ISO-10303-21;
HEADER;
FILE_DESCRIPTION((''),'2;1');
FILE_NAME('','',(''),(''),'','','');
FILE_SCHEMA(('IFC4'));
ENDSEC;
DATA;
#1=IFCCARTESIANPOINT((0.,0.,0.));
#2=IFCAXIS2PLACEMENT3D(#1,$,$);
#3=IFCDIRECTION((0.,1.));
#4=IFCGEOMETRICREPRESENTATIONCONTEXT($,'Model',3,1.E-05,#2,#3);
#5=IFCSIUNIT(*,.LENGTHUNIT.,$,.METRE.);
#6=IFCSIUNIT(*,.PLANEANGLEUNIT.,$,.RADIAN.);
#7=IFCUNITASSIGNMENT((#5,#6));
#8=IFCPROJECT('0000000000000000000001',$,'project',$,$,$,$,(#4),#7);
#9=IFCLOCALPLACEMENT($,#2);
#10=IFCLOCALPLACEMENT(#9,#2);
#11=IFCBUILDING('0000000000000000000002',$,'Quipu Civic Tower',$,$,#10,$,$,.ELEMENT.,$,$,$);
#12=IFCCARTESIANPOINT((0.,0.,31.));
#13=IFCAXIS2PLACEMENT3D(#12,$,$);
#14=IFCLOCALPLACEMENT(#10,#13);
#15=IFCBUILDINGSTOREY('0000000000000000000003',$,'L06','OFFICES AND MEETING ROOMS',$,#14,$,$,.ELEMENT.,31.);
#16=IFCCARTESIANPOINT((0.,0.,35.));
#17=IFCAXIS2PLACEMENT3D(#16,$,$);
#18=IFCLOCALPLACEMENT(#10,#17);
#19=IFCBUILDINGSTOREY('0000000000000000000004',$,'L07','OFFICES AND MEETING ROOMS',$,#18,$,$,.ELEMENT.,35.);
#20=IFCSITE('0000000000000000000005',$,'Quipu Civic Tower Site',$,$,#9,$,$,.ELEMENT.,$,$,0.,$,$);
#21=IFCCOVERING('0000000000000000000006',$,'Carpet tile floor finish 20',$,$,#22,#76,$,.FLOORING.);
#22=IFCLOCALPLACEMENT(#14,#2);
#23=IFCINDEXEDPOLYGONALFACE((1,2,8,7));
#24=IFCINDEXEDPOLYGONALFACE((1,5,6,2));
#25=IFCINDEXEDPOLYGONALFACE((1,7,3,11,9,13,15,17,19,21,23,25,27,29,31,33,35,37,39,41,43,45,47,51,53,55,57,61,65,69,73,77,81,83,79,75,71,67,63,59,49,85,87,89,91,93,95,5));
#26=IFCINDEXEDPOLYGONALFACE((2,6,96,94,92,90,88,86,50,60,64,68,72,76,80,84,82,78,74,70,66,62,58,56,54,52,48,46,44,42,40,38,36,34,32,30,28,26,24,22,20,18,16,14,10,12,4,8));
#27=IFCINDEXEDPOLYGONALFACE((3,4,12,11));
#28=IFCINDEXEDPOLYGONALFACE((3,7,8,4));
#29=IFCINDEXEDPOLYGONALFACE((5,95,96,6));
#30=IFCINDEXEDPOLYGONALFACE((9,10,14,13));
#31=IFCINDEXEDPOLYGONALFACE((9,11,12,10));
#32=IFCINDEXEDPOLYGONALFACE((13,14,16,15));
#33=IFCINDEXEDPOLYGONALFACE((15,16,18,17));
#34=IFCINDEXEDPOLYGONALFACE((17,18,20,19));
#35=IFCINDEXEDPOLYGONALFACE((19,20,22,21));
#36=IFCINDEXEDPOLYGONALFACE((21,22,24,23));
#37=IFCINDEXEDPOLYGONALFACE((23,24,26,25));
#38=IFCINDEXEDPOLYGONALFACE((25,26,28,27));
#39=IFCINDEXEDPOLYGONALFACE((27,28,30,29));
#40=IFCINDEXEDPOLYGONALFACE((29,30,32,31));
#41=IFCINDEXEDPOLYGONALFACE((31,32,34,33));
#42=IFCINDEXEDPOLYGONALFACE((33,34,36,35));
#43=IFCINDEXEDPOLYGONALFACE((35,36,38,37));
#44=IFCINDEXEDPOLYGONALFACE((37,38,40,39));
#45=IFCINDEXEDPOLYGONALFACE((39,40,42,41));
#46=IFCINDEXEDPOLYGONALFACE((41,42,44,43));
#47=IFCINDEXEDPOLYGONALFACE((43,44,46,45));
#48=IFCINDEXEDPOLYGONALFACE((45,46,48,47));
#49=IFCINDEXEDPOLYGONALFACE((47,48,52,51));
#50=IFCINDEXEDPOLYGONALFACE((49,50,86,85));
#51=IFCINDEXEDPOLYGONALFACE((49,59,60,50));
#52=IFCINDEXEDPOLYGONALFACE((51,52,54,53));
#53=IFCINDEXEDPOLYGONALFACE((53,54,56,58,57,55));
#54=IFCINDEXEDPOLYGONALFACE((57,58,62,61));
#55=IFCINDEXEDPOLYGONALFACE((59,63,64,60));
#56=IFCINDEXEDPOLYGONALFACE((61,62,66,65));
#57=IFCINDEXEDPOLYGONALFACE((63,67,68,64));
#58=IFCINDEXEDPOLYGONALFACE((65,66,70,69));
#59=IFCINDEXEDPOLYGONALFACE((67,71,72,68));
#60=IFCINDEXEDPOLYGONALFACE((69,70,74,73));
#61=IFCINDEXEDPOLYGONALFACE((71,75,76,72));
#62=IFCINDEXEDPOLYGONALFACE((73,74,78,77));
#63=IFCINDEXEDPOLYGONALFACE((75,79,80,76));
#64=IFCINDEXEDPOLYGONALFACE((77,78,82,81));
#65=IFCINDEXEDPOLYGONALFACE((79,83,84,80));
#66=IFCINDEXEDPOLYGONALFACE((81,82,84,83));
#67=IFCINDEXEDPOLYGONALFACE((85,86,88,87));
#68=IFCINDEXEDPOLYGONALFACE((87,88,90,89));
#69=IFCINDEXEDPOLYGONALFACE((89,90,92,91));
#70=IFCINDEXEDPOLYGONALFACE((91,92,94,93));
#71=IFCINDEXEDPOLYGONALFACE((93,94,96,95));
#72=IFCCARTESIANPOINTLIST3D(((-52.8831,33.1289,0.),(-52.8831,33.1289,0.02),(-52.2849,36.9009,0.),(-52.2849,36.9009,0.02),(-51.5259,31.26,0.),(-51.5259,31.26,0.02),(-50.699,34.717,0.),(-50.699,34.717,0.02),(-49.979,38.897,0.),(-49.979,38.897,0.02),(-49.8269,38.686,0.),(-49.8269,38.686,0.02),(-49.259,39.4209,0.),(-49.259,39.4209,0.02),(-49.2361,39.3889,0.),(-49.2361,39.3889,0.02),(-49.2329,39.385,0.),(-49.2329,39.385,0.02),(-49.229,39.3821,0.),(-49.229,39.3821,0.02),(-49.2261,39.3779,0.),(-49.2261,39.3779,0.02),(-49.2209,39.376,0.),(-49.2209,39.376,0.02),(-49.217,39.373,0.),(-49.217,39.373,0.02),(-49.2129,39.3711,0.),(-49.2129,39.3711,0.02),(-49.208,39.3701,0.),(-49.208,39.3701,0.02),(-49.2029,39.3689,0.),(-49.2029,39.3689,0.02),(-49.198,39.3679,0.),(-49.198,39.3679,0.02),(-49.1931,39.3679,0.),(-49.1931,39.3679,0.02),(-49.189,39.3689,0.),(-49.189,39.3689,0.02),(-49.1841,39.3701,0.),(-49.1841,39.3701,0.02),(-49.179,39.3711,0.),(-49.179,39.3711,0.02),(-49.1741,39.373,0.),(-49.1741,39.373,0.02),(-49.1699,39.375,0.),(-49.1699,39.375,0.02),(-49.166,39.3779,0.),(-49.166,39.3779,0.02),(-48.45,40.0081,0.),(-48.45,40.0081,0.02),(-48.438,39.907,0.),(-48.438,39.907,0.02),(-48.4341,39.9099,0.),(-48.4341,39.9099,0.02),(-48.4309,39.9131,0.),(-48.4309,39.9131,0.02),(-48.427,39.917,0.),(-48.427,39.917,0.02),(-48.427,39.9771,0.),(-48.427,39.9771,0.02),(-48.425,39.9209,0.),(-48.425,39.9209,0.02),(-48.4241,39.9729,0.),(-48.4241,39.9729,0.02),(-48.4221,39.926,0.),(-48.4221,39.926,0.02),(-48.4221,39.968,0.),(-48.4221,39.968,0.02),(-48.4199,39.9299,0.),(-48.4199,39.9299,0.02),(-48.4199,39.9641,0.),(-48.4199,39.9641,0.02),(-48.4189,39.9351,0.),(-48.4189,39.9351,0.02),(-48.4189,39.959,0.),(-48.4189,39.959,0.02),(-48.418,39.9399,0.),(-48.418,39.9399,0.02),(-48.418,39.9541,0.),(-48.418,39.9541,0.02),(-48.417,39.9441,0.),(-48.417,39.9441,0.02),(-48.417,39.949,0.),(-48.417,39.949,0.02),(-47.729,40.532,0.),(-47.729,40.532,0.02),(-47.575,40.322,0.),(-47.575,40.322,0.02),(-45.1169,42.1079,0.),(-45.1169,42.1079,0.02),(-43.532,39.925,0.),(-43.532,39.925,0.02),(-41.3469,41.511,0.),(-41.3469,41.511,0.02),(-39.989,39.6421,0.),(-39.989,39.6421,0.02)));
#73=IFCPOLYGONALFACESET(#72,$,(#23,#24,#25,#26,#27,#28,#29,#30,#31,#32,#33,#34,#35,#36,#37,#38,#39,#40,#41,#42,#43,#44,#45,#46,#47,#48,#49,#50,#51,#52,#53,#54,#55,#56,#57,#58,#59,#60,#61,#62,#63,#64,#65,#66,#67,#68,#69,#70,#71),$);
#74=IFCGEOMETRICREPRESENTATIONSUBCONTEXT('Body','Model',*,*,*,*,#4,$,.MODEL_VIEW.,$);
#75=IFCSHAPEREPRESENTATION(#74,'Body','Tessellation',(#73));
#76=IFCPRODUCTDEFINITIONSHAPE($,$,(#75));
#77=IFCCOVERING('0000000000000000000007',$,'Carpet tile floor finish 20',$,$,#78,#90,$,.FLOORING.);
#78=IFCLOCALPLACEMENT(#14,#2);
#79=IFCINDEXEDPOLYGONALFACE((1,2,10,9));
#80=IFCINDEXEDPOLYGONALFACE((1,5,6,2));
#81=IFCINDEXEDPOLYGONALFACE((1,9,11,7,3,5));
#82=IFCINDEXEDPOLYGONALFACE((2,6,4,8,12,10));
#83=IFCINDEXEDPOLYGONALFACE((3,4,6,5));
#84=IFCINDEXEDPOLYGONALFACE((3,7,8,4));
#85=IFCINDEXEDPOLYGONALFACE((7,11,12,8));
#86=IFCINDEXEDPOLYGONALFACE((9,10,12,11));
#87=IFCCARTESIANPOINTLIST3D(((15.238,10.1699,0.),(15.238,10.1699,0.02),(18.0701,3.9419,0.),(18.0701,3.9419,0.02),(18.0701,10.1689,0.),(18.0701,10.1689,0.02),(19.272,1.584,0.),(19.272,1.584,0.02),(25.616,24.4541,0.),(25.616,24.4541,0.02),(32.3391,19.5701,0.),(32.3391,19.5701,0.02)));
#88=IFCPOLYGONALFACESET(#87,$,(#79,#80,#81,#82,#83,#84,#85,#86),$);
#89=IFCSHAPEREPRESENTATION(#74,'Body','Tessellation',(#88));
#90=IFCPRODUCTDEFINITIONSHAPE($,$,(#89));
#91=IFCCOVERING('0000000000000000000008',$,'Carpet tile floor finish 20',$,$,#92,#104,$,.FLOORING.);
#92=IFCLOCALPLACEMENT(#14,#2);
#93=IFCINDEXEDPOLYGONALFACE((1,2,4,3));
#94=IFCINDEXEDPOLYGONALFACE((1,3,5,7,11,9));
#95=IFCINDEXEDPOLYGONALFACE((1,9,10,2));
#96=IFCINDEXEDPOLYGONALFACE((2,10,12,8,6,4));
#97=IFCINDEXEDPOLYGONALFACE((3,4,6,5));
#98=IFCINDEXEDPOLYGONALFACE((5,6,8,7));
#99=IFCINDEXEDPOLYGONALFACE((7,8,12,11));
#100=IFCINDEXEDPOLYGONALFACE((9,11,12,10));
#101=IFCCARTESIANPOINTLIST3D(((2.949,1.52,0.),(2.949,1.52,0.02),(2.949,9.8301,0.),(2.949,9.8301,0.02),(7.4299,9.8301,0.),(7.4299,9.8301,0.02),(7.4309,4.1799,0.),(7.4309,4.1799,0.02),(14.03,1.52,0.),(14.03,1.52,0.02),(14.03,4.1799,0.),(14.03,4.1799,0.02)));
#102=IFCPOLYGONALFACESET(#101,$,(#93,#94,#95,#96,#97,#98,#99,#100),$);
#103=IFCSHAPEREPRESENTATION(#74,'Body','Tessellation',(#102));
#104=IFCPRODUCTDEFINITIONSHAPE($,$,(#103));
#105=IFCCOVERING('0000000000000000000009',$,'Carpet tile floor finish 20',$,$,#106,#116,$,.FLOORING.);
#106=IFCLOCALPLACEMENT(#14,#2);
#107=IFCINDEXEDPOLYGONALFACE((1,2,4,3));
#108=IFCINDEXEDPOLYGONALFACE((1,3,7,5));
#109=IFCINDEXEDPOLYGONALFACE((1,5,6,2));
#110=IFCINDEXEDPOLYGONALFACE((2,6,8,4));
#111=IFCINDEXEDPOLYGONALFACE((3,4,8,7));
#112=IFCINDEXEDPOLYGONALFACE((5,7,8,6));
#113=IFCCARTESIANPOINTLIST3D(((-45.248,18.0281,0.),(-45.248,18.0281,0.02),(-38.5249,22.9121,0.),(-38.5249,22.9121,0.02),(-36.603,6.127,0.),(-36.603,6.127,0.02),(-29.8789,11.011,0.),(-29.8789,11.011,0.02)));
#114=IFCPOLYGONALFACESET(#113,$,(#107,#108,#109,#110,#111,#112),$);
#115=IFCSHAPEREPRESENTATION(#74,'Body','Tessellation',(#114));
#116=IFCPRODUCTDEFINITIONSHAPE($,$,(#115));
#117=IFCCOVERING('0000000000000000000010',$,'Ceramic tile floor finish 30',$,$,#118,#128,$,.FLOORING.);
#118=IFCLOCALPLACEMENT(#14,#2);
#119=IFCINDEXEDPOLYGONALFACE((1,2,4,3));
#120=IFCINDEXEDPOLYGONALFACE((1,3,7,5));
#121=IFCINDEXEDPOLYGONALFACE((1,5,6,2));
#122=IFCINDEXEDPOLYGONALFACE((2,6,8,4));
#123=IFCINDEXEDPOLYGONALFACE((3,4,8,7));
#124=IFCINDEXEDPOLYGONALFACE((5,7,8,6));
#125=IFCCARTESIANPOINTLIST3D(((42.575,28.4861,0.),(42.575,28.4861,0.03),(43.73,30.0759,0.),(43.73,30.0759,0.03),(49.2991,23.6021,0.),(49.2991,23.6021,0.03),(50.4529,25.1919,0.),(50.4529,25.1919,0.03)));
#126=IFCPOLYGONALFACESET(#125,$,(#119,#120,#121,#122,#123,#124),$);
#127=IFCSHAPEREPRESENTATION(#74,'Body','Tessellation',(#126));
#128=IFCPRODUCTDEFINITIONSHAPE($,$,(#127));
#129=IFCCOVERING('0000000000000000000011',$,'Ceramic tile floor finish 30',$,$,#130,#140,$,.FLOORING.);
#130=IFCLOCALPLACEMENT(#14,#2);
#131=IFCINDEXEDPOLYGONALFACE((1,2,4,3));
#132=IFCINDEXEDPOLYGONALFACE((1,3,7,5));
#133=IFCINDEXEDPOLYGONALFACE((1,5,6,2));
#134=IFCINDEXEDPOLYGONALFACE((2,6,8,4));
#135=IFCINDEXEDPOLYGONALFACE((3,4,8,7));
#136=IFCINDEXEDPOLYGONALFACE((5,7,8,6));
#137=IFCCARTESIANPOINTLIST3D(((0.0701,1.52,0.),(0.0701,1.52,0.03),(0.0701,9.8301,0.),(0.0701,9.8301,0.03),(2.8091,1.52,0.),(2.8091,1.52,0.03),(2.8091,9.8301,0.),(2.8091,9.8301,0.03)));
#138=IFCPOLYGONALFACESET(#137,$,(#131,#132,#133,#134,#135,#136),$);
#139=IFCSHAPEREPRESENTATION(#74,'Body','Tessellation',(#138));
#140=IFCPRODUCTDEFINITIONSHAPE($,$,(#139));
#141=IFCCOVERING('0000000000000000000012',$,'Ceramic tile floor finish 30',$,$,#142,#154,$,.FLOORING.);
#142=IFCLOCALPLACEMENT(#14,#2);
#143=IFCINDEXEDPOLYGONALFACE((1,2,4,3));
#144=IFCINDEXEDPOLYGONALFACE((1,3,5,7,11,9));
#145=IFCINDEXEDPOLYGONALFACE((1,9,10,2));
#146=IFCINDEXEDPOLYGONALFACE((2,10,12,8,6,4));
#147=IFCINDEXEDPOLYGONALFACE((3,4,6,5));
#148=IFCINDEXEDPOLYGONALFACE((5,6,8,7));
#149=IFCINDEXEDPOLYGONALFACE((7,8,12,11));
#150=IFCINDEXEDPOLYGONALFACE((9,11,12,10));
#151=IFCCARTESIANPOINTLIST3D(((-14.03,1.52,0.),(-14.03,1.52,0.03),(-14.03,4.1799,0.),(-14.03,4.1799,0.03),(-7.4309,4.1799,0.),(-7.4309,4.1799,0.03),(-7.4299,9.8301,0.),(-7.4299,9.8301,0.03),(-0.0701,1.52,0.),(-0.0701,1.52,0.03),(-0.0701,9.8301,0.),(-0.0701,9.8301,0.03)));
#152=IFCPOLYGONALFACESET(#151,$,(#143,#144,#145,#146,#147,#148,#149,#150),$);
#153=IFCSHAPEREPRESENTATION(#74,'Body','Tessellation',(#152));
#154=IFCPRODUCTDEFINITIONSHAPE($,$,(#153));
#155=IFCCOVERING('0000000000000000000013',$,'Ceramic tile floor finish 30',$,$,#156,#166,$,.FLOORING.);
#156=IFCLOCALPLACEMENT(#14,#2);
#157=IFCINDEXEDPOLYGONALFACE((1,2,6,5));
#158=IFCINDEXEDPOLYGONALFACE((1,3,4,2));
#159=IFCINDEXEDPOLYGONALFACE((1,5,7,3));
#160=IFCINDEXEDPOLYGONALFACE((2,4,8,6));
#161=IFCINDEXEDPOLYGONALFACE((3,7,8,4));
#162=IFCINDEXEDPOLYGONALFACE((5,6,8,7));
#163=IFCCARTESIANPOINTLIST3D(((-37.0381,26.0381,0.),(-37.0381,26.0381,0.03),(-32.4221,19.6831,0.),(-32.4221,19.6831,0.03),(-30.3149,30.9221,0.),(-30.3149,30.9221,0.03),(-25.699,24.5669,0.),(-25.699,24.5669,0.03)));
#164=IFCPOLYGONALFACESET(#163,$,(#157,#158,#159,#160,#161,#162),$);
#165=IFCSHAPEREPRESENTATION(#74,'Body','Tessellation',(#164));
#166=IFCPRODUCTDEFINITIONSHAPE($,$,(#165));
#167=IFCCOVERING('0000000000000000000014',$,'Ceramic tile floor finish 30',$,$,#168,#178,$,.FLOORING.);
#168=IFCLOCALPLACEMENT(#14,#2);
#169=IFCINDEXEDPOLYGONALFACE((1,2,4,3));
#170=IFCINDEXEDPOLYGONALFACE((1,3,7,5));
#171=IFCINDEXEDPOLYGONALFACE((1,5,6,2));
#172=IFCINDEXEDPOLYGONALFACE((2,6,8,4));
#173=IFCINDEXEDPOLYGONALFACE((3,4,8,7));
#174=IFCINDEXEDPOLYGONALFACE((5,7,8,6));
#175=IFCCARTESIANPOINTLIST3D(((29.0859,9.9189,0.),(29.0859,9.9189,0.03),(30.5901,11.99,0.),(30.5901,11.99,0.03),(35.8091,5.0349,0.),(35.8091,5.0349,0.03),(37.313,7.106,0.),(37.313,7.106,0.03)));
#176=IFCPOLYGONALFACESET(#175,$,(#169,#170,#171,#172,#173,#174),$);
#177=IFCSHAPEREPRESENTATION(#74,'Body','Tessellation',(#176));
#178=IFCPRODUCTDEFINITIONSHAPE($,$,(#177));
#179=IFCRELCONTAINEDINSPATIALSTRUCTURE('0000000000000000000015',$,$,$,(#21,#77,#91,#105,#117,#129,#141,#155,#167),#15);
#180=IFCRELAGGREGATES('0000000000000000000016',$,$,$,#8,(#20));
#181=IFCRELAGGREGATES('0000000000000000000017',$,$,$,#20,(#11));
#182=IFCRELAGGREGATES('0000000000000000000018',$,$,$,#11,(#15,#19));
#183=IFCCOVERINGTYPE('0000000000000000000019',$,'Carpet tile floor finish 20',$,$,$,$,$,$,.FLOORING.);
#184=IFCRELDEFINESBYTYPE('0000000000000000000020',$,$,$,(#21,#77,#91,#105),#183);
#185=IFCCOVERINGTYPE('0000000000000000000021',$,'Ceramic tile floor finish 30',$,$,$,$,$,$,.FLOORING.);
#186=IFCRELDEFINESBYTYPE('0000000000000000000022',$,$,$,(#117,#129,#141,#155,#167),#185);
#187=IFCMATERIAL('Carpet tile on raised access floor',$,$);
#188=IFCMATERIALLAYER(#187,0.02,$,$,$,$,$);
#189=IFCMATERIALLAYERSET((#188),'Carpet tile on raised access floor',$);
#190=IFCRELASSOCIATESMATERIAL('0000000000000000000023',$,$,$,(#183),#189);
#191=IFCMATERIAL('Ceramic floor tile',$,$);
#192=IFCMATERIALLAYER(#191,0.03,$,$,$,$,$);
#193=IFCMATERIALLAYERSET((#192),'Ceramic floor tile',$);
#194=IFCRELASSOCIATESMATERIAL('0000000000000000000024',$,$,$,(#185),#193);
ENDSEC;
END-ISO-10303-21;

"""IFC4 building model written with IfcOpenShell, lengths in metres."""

from ifc_helpers import new_model, si_unit, direction, frame, origin, place, context, subcontext, project, spatial, polyline, outline, extrude, material, layer, layer_set, type_object, element, save


model = new_model("IFC4")

# Units and contexts
model_context = context("Model", 3, precision=1e-05, world=origin(), true_north=direction((0.0, 1.0)))
body_context = subcontext(model_context, "Body", "Model", "MODEL_VIEW")
ifc_project = project(units=[si_unit("LENGTHUNIT", "METRE"), si_unit("PLANEANGLEUNIT", "RADIAN")], contexts=[model_context])

# Site, building, storey
site_placement = place(None, origin())
site = spatial("IfcSite", under=ifc_project, at=site_placement, Name="Quipu Civic Tower Site", CompositionType="ELEMENT", RefElevation=0.0)
building_placement = place(site_placement, origin())
building = spatial("IfcBuilding", under=site, at=building_placement, Name="Quipu Civic Tower", CompositionType="ELEMENT")
storey_1_placement = place(building_placement, frame((0.0, 0.0, 31.0)))
storey_1 = spatial("IfcBuildingStorey", under=building, at=storey_1_placement, Name="L06", Description="OFFICES AND MEETING ROOMS", CompositionType="ELEMENT", Elevation=31.0)

# Shared definitions
storey_2_placement = place(building_placement, frame((0.0, 0.0, 35.0)))
storey_2 = spatial("IfcBuildingStorey", under=building, at=storey_2_placement, Name="L07", Description="OFFICES AND MEETING ROOMS", CompositionType="ELEMENT", Elevation=35.0)

# Coverings
ifc_material_1 = material(Name="Carpet tile on raised access floor")
ifc_layer_1 = layer(ifc_material_1, 0.02)
ifc_layer_set_1 = layer_set([ifc_layer_1], Name="Carpet tile on raised access floor")
covering_type_1 = type_object("IfcCoveringType", Name="Carpet tile floor finish 20", PredefinedType="FLOORING", material=ifc_layer_set_1)
covering_1_placement = place(storey_1_placement, origin())
element("IfcCovering", 1, at=covering_1_placement, inside=storey_1, type_object=covering_type_1, Name="Carpet tile floor finish 20", PredefinedType="FLOORING", context=body_context, shape_type="SweptSolid", body=[
    extrude(outline(polyline([(-52.8831, 33.1289), (-50.699, 34.717), (-52.2849, 36.9009), (-49.8269, 38.686), (-49.979, 38.897), (-49.259, 39.4209), (-49.2361, 39.3889), (-49.2329, 39.385), (-49.229, 39.3821), (-49.2261, 39.3779), (-49.2209, 39.376), (-49.217, 39.373), (-49.2129, 39.3711), (-49.208, 39.3701), (-49.2029, 39.3689), (-49.198, 39.3679), (-49.1931, 39.3679), (-49.189, 39.3689), (-49.1841, 39.3701), (-49.179, 39.3711), (-49.1741, 39.373), (-49.1699, 39.375), (-49.166, 39.3779), (-48.438, 39.907), (-48.4341, 39.9099), (-48.4309, 39.9131), (-48.427, 39.917), (-48.425, 39.9209), (-48.4221, 39.926), (-48.4199, 39.9299), (-48.4189, 39.9351), (-48.418, 39.9399), (-48.417, 39.9441), (-48.417, 39.949), (-48.418, 39.9541), (-48.4189, 39.959), (-48.4199, 39.9641), (-48.4221, 39.968), (-48.4241, 39.9729), (-48.427, 39.9771), (-48.45, 40.0081), (-47.729, 40.532), (-47.575, 40.322), (-45.1169, 42.1079), (-43.532, 39.925), (-41.3469, 41.511), (-39.989, 39.6421), (-51.5259, 31.26), (-52.8831, 33.1289)])), origin(), (0.0, 0.0, 1.0), 0.02),
])
covering_2_placement = place(storey_1_placement, origin())
element("IfcCovering", 2, at=covering_2_placement, inside=storey_1, type_object=covering_type_1, Name="Carpet tile floor finish 20", PredefinedType="FLOORING", context=body_context, shape_type="SweptSolid", body=[
    extrude(outline(polyline([(15.238, 10.1699), (25.616, 24.4541), (32.3391, 19.5701), (19.272, 1.584), (18.0701, 3.9419), (18.0701, 10.1689), (15.238, 10.1699)])), origin(), (0.0, 0.0, 1.0), 0.02),
])
covering_3_placement = place(storey_1_placement, origin())
element("IfcCovering", 3, at=covering_3_placement, inside=storey_1, type_object=covering_type_1, Name="Carpet tile floor finish 20", PredefinedType="FLOORING", context=body_context, shape_type="SweptSolid", body=[
    extrude(outline(polyline([(2.949, 1.52), (2.949, 9.8301), (7.4299, 9.8301), (7.4309, 4.1799), (14.03, 4.1799), (14.03, 1.52), (2.949, 1.52)])), origin(), (0.0, 0.0, 1.0), 0.02),
])
covering_4_placement = place(storey_1_placement, origin())
element("IfcCovering", 4, at=covering_4_placement, inside=storey_1, type_object=covering_type_1, Name="Carpet tile floor finish 20", PredefinedType="FLOORING", context=body_context, shape_type="SweptSolid", body=[
    extrude(outline(polyline([(-45.248, 18.0281), (-38.5249, 22.9121), (-29.8789, 11.011), (-36.603, 6.127), (-45.248, 18.0281)])), origin(), (0.0, 0.0, 1.0), 0.02),
])
ifc_material_2 = material(Name="Ceramic floor tile")
ifc_layer_2 = layer(ifc_material_2, 0.03)
ifc_layer_set_2 = layer_set([ifc_layer_2], Name="Ceramic floor tile")
covering_type_2 = type_object("IfcCoveringType", Name="Ceramic tile floor finish 30", PredefinedType="FLOORING", material=ifc_layer_set_2)
covering_5_placement = place(storey_1_placement, origin())
element("IfcCovering", 5, at=covering_5_placement, inside=storey_1, type_object=covering_type_2, Name="Ceramic tile floor finish 30", PredefinedType="FLOORING", context=body_context, shape_type="SweptSolid", body=[
    extrude(outline(polyline([(42.575, 28.4861), (43.73, 30.0759), (50.4529, 25.1919), (49.2991, 23.6021), (42.575, 28.4861)])), origin(), (0.0, 0.0, 1.0), 0.03),
])
covering_6_placement = place(storey_1_placement, origin())
element("IfcCovering", 6, at=covering_6_placement, inside=storey_1, type_object=covering_type_2, Name="Ceramic tile floor finish 30", PredefinedType="FLOORING", context=body_context, shape_type="SweptSolid", body=[
    extrude(outline(polyline([(0.0701, 9.8301), (2.8091, 9.8301), (2.8091, 1.52), (0.0701, 1.52), (0.0701, 9.8301)])), origin(), (0.0, 0.0, 1.0), 0.03),
])
covering_7_placement = place(storey_1_placement, origin())
element("IfcCovering", 7, at=covering_7_placement, inside=storey_1, type_object=covering_type_2, Name="Ceramic tile floor finish 30", PredefinedType="FLOORING", context=body_context, shape_type="SweptSolid", body=[
    extrude(outline(polyline([(-14.03, 4.1799), (-7.4309, 4.1799), (-7.4299, 9.8301), (-0.0701, 9.8301), (-0.0701, 1.52), (-14.03, 1.52), (-14.03, 4.1799)])), origin(), (0.0, 0.0, 1.0), 0.03),
])
covering_8_placement = place(storey_1_placement, origin())
element("IfcCovering", 8, at=covering_8_placement, inside=storey_1, type_object=covering_type_2, Name="Ceramic tile floor finish 30", PredefinedType="FLOORING", context=body_context, shape_type="SweptSolid", body=[
    extrude(outline(polyline([(-37.0381, 26.0381), (-30.3149, 30.9221), (-25.699, 24.5669), (-32.4221, 19.6831), (-37.0381, 26.0381)])), origin(), (0.0, 0.0, 1.0), 0.03),
])
covering_9_placement = place(storey_1_placement, origin())
element("IfcCovering", 9, at=covering_9_placement, inside=storey_1, type_object=covering_type_2, Name="Ceramic tile floor finish 30", PredefinedType="FLOORING", context=body_context, shape_type="SweptSolid", body=[
    extrude(outline(polyline([(29.0859, 9.9189), (30.5901, 11.99), (37.313, 7.106), (35.8091, 5.0349), (29.0859, 9.9189)])), origin(), (0.0, 0.0, 1.0), 0.03),
])

save(model, "model.ifc")
